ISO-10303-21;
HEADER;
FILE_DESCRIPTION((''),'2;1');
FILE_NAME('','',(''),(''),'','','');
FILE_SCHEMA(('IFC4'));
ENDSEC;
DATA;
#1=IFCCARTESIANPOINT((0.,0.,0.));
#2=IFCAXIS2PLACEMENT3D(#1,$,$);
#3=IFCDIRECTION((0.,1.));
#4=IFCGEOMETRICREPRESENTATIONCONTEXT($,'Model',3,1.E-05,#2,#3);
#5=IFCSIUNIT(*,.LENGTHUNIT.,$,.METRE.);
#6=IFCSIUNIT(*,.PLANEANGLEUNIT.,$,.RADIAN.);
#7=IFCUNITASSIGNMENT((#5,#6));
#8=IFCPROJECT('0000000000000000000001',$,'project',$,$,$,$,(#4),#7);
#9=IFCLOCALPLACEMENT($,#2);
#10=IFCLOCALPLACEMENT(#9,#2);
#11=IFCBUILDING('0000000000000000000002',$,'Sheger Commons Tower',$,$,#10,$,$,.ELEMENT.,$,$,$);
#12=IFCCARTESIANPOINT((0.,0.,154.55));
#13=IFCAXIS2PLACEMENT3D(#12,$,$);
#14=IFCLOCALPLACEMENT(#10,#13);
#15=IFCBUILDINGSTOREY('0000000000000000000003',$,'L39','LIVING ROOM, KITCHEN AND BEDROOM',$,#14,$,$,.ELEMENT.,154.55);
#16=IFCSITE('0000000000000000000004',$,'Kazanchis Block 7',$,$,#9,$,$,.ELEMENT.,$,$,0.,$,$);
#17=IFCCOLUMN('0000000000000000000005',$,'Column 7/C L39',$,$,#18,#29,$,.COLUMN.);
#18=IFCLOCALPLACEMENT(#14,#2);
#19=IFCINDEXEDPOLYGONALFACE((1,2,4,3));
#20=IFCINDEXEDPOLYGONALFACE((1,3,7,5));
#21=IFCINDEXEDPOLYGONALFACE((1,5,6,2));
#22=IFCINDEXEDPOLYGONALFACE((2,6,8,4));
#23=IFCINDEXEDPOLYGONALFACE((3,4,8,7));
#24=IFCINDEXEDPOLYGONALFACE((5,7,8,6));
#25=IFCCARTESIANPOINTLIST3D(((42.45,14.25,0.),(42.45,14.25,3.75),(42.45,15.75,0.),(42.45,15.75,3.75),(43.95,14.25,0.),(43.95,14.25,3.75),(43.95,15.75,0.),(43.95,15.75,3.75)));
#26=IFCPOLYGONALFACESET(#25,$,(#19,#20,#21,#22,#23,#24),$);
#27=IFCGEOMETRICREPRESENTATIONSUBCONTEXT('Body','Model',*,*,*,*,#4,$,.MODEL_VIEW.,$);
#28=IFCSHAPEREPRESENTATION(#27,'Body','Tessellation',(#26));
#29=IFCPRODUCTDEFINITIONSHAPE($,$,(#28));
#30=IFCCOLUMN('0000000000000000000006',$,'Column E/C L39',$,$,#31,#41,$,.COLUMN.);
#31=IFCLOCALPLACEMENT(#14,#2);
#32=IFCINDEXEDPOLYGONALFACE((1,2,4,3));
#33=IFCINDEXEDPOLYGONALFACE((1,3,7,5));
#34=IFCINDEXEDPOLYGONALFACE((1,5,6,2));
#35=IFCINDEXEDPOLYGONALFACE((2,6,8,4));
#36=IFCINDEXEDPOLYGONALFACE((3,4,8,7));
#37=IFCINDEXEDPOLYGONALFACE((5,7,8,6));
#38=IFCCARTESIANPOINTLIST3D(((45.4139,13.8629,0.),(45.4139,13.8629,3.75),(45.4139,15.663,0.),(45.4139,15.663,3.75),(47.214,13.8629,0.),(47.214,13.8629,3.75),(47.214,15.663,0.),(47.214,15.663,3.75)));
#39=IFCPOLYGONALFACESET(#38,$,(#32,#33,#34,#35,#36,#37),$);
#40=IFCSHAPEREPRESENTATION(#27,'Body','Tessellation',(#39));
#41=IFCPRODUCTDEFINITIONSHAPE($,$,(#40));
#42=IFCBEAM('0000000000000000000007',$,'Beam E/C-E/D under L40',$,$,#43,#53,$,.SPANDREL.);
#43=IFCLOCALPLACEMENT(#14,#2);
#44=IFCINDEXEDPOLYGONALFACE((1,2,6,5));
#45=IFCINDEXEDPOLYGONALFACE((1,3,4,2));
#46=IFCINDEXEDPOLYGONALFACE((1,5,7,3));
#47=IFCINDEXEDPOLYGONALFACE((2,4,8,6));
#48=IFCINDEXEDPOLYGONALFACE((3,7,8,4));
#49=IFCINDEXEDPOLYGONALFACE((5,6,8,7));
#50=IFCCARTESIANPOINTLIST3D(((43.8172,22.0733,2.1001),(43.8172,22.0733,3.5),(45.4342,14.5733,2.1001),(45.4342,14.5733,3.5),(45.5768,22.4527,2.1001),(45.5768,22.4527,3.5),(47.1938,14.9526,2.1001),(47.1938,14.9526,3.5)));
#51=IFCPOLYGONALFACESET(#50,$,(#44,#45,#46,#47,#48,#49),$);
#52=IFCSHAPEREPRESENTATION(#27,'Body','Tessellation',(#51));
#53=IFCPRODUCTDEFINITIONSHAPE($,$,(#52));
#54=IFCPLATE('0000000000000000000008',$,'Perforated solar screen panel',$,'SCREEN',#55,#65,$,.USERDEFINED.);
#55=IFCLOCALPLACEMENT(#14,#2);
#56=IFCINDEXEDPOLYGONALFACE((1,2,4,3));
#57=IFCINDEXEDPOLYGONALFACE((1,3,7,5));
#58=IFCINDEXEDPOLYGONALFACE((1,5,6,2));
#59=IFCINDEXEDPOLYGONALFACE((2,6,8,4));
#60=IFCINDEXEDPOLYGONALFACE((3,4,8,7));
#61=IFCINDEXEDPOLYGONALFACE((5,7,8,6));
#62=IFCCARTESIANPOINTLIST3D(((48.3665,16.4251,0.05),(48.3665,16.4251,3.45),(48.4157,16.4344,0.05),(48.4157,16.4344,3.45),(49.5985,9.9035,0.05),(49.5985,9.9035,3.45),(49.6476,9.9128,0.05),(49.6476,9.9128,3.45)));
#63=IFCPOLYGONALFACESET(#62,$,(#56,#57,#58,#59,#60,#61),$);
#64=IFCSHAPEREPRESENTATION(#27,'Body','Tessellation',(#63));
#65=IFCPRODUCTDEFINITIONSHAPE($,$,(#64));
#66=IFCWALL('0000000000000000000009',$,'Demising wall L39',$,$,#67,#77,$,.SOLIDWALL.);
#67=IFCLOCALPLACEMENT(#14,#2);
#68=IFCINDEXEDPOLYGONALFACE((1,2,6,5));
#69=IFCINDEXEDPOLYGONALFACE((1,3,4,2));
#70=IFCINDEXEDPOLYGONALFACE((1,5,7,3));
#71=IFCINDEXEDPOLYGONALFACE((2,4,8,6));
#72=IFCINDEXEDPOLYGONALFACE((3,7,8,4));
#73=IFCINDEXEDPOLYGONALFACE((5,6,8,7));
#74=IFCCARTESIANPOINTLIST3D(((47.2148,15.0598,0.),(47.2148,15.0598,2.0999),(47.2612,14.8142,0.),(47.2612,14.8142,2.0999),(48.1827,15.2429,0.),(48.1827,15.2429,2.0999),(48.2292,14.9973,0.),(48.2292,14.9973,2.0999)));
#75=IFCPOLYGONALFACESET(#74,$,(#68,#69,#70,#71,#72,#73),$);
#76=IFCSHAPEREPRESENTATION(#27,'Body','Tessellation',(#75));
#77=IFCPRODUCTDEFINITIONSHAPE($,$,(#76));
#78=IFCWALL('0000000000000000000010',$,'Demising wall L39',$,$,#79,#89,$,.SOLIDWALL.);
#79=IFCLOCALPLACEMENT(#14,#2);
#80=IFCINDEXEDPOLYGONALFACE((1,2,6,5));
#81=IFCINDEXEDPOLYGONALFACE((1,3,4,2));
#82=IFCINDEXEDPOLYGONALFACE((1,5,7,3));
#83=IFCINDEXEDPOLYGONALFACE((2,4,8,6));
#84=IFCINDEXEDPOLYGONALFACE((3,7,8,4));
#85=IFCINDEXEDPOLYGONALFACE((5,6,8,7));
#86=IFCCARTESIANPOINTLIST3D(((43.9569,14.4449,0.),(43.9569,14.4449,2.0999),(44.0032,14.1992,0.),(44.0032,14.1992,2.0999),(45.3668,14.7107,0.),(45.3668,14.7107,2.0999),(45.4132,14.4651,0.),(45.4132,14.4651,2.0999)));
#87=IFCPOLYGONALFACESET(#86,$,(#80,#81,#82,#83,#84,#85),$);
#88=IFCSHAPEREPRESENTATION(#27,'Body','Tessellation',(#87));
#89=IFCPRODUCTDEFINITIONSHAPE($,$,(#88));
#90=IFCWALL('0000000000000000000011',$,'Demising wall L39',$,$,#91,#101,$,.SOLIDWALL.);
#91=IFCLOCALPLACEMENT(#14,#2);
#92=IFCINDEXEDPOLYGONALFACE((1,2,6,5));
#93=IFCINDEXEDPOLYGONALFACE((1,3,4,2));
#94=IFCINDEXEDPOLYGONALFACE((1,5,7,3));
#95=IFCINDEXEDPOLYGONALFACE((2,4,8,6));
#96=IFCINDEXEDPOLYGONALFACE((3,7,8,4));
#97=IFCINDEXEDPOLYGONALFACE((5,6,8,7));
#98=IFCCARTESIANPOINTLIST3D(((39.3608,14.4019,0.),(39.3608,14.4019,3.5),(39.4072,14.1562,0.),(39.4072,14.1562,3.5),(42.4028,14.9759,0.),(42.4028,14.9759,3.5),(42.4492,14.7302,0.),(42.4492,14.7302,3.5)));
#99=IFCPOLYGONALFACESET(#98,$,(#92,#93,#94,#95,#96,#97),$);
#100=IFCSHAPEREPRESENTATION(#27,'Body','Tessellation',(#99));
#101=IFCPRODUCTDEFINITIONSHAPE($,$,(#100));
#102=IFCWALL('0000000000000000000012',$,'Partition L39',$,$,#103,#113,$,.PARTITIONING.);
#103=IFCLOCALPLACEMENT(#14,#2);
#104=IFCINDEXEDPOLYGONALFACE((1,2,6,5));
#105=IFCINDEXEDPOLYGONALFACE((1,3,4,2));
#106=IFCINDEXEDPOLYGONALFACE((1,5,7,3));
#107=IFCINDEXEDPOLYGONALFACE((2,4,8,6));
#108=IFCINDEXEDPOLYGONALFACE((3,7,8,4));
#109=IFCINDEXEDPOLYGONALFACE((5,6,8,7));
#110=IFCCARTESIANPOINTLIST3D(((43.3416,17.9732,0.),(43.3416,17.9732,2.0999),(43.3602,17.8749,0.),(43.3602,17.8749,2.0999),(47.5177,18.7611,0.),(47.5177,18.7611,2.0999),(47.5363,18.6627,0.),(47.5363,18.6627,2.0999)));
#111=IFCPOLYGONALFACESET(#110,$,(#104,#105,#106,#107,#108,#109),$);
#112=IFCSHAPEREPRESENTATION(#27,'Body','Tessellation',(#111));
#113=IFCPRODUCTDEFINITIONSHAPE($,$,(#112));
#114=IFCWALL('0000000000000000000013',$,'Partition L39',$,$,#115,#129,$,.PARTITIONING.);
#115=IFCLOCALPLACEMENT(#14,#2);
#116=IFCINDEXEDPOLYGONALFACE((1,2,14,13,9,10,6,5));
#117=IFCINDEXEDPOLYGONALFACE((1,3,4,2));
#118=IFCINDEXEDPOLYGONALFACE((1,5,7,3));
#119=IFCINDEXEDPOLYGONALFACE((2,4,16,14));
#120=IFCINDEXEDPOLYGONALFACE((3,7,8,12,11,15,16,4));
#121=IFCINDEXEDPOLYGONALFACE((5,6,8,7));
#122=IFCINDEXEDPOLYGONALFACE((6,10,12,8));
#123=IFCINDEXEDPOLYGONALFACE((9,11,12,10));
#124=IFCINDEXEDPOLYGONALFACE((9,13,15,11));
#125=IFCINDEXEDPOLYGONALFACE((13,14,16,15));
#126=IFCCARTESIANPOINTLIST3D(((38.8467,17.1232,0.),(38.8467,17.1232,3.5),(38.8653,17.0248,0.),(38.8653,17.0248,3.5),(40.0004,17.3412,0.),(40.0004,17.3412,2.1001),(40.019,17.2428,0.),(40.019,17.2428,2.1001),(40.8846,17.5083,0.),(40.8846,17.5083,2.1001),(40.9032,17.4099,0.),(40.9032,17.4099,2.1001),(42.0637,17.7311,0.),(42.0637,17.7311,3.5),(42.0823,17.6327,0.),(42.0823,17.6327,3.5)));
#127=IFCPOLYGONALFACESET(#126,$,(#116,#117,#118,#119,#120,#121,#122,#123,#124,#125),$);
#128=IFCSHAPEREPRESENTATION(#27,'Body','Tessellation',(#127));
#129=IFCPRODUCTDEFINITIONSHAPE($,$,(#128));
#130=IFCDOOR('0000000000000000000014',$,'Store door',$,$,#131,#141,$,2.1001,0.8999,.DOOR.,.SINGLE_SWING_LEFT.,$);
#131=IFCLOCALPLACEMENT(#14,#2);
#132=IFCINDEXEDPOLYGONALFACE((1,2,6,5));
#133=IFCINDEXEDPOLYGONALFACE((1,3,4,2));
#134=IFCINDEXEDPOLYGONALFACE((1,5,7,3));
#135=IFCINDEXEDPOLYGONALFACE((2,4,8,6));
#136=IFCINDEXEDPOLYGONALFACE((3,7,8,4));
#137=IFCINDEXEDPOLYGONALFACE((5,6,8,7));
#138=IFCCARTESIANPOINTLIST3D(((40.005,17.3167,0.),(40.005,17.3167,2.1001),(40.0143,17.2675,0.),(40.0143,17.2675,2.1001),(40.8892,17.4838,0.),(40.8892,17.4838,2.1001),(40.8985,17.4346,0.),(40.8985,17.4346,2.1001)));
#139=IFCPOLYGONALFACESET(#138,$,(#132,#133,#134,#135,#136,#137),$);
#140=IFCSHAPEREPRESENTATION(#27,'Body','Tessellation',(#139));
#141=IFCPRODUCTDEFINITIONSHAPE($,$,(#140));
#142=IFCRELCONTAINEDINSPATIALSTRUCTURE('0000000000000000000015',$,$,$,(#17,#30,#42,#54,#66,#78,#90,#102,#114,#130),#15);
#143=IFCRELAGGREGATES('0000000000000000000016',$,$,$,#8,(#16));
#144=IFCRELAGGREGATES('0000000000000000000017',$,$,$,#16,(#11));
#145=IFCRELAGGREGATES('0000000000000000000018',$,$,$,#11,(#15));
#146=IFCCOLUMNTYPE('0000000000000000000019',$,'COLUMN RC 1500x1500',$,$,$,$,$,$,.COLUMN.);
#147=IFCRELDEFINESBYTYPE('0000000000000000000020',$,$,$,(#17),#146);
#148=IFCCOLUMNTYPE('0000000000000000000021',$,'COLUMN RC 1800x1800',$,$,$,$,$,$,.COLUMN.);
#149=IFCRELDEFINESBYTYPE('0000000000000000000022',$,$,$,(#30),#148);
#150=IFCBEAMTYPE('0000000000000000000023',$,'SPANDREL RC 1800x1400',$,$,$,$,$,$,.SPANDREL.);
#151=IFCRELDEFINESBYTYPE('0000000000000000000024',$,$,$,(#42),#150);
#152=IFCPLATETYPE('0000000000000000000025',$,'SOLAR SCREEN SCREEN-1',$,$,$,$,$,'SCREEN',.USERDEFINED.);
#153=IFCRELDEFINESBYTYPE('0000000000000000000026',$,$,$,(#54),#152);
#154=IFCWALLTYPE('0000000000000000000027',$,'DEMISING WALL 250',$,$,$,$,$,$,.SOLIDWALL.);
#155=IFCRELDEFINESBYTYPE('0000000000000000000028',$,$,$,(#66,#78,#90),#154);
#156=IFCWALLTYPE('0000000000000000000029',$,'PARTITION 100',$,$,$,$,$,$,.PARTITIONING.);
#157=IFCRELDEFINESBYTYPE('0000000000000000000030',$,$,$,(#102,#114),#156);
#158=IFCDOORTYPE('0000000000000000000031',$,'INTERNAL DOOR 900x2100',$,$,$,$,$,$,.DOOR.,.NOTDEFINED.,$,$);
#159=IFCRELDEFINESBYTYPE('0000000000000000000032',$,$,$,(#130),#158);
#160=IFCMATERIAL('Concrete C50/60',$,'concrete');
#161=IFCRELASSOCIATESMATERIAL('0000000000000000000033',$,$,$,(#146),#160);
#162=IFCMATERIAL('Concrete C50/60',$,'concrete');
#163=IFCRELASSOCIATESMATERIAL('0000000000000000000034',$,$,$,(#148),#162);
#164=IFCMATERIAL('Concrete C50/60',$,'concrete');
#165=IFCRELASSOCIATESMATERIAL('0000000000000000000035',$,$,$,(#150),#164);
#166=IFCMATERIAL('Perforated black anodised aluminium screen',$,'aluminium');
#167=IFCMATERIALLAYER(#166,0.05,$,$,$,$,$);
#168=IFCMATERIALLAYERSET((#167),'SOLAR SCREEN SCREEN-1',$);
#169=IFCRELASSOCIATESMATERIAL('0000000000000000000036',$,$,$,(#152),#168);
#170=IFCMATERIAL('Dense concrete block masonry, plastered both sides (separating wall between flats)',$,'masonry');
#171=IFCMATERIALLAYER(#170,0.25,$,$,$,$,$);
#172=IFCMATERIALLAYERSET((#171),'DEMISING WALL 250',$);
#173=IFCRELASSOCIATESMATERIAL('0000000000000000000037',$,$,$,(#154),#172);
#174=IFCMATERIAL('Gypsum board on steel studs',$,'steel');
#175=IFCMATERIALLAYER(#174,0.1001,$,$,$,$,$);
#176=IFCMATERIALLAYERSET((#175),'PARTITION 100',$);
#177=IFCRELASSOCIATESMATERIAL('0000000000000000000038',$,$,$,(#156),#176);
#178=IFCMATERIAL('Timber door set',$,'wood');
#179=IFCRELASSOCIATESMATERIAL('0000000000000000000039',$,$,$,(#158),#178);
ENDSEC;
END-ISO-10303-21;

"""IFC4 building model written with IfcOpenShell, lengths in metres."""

from ifc_helpers import new_model, si_unit, direction, frame, frame_2d, origin, origin_2d, place, context, subcontext, project, spatial, rectangle, extrude, material, layer, layer_set, material_profile, profile_set, type_object, element, fill, save


model = new_model("IFC4")

# Units and contexts
model_context = context("Model", 3, precision=1e-05, world=origin(), true_north=direction((0.0, 1.0)))
body_context = subcontext(model_context, "Body", "Model", "MODEL_VIEW")
ifc_project = project(units=[si_unit("LENGTHUNIT", "METRE"), si_unit("PLANEANGLEUNIT", "RADIAN")], contexts=[model_context])

# Site, building, storey
site_placement = place(None, origin())
site = spatial("IfcSite", under=ifc_project, at=site_placement, Name="Kazanchis Block 7", CompositionType="ELEMENT", RefElevation=0.0)
building_placement = place(site_placement, origin())
building = spatial("IfcBuilding", under=site, at=building_placement, Name="Sheger Commons Tower", CompositionType="ELEMENT")
storey_placement = place(building_placement, frame((0.0, 0.0, 154.55)))
storey = spatial("IfcBuildingStorey", under=building, at=storey_placement, Name="L39", Description="LIVING ROOM, KITCHEN AND BEDROOM", CompositionType="ELEMENT", Elevation=154.55)

# Columns
ifc_material_1 = material(Name="Concrete C50/60", Category="concrete")
ifc_material_profile_1 = material_profile(ifc_material_1, rectangle(XDim=1.5, YDim=1.5, at=origin_2d()), Name="RC 1500x1500")
ifc_profile_set_1 = profile_set([ifc_material_profile_1], Name="Concrete C50/60")
column_type_1 = type_object("IfcColumnType", Name="COLUMN RC 1500x1500", PredefinedType="COLUMN", material=ifc_profile_set_1)
column_1_placement = place(storey_placement, frame((43.2, 15.0, 0.0), z_axis=(0.0, 0.0, 1.0), x_axis=(1.0, 0.0, 0.0)))
element("IfcColumn", 1, at=column_1_placement, inside=storey, type_object=column_type_1, Name="Column 7/C L39", PredefinedType="COLUMN", context=body_context, shape_type="SweptSolid", body=[
    extrude(rectangle(XDim=1.5, YDim=1.5, at=origin_2d()), origin(), (0.0, 0.0, 1.0), 3.75),
])
ifc_material_2 = material(Name="Concrete C50/60", Category="concrete")
ifc_material_profile_2 = material_profile(ifc_material_2, rectangle(XDim=1.8, YDim=1.8, at=origin_2d()), Name="RC 1800x1800")
ifc_profile_set_2 = profile_set([ifc_material_profile_2], Name="Concrete C50/60")
column_type_2 = type_object("IfcColumnType", Name="COLUMN RC 1800x1800", PredefinedType="COLUMN", material=ifc_profile_set_2)
column_2_placement = place(storey_placement, frame((46.314, 14.7629, 0.0), z_axis=(0.0, 0.0, 1.0), x_axis=(1.0, 0.0, 0.0)))
element("IfcColumn", 2, at=column_2_placement, inside=storey, type_object=column_type_2, Name="Column E/C L39", PredefinedType="COLUMN", context=body_context, shape_type="SweptSolid", body=[
    extrude(rectangle(XDim=1.8, YDim=1.8, at=origin_2d()), origin(), (0.0, 0.0, 1.0), 3.75),
])

# Beam
ifc_material_3 = material(Name="Concrete C50/60", Category="concrete")
ifc_material_profile_3 = material_profile(ifc_material_3, rectangle(XDim=1.8, YDim=1.3999, at=origin_2d()), Name="RC 1800x1400")
ifc_profile_set_3 = profile_set([ifc_material_profile_3], Name="Concrete C50/60")
beam_type = type_object("IfcBeamType", Name="SPANDREL RC 1800x1400", PredefinedType="SPANDREL", material=ifc_profile_set_3)
beam_placement = place(storey_placement, frame((46.314, 14.7629, 2.8), z_axis=(-0.21075, 0.97754, 0.0), x_axis=(-0.97754, -0.21075, 0.0)))
element("IfcBeam", 3, at=beam_placement, inside=storey, type_object=beam_type, Name="Beam E/C-E/D under L40", PredefinedType="SPANDREL", context=body_context, shape_type="SweptSolid", body=[
    extrude(rectangle(XDim=1.8, YDim=1.3999, at=origin_2d()), origin(), (0.0, 0.0, 1.0), 7.6724),
])

# Plate
ifc_material_4 = material(Name="Perforated black anodised aluminium screen", Category="aluminium")
ifc_layer_1 = layer(ifc_material_4, 0.05)
ifc_layer_set_1 = layer_set([ifc_layer_1], Name="SOLAR SCREEN SCREEN-1")
plate_type = type_object("IfcPlateType", Name="SOLAR SCREEN SCREEN-1", ElementType="SCREEN", PredefinedType="USERDEFINED", material=ifc_layer_set_1)
plate_placement = place(storey_placement, frame((49.0071, 13.1689, 0.05), z_axis=(0.0, 0.0, 1.0), x_axis=(-0.185615, 0.982623, 0.0)))
element("IfcPlate", 4, at=plate_placement, inside=storey, type_object=plate_type, Name="Perforated solar screen panel", ObjectType="SCREEN", PredefinedType="USERDEFINED", context=body_context, shape_type="SweptSolid", body=[
    extrude(rectangle(XDim=6.637, YDim=0.05, at=origin_2d()), origin(), (0.0, 0.0, 1.0), 3.3999),
])

# Walls
ifc_material_5 = material(Name="Dense concrete block masonry, plastered both sides (separating wall between flats)", Category="masonry")
ifc_layer_2 = layer(ifc_material_5, 0.25)
ifc_layer_set_2 = layer_set([ifc_layer_2], Name="DEMISING WALL 250")
wall_type_1 = type_object("IfcWallType", Name="DEMISING WALL 250", PredefinedType="SOLIDWALL", material=ifc_layer_set_2)
wall_1_placement = place(storey_placement, frame((48.2061, 15.1201, 0.0), z_axis=(0.0, 0.0, 1.0), x_axis=(-0.982576, -0.185859, 0.0)))
element("IfcWall", 5, at=wall_1_placement, inside=storey, type_object=wall_type_1, Name="Demising wall L39", PredefinedType="SOLIDWALL", context=body_context, shape_type="SweptSolid", body=[
    extrude(rectangle(XDim=0.9851, YDim=0.25, at=frame_2d((0.4927, 0.0))), origin(), (0.0, 0.0, 1.0), 2.0999),
])
wall_2_placement = place(storey_placement, frame((45.3899, 14.5879, 0.0), z_axis=(0.0, 0.0, 1.0), x_axis=(-0.982681, -0.185306, 0.0)))
element("IfcWall", 6, at=wall_2_placement, inside=storey, type_object=wall_type_1, Name="Demising wall L39", PredefinedType="SOLIDWALL", context=body_context, shape_type="SweptSolid", body=[
    extrude(rectangle(XDim=1.4348, YDim=0.25, at=frame_2d((0.7173, 0.0))), origin(), (0.0, 0.0, 1.0), 2.0999),
])
wall_3_placement = place(storey_placement, frame((42.426, 14.853, 0.0), z_axis=(0.0, 0.0, 1.0), x_axis=(-0.982661, -0.185412, 0.0)))
element("IfcWall", 7, at=wall_3_placement, inside=storey, type_object=wall_type_1, Name="Demising wall L39", PredefinedType="SOLIDWALL", context=body_context, shape_type="SweptSolid", body=[
    extrude(rectangle(XDim=3.0957, YDim=0.25, at=frame_2d((1.5479, 0.0))), origin(), (0.0, 0.0, 1.0), 3.5),
])
ifc_material_6 = material(Name="Gypsum board on steel studs", Category="steel")
ifc_layer_3 = layer(ifc_material_6, 0.1001)
ifc_layer_set_3 = layer_set([ifc_layer_3], Name="PARTITION 100")
wall_type_2 = type_object("IfcWallType", Name="PARTITION 100", PredefinedType="PARTITIONING", material=ifc_layer_set_3)
wall_4_placement = place(storey_placement, frame((47.5271, 18.7119, 0.0), z_axis=(0.0, 0.0, 1.0), x_axis=(-0.982665, -0.185388, 0.0)))
element("IfcWall", 8, at=wall_4_placement, inside=storey, type_object=wall_type_2, Name="Partition L39", PredefinedType="PARTITIONING", context=body_context, shape_type="SweptSolid", body=[
    extrude(rectangle(XDim=4.2498, YDim=0.1001, at=frame_2d((2.125, 0.0))), origin(), (0.0, 0.0, 1.0), 2.0999),
])

# Wall, opening, door
wall_5_placement = place(storey_placement, frame((42.073, 17.6819, 0.0), z_axis=(0.0, 0.0, 1.0), x_axis=(-0.98261, -0.18568, 0.0)))
wall_5 = element("IfcWall", 9, at=wall_5_placement, inside=storey, type_object=wall_type_2, Name="Partition L39", PredefinedType="PARTITIONING", context=body_context, shape_type="SweptSolid", body=[
    extrude(rectangle(XDim=3.2739, YDim=0.1001, at=frame_2d((1.637, 0.0))), origin(), (0.0, 0.0, 1.0), 3.5),
])
opening_1_placement = place(wall_5_placement, frame((1.2, 0.0, 0.0)))
opening_1 = element("IfcOpeningElement", 10, at=opening_1_placement, cuts=wall_5, PredefinedType="OPENING", context=body_context, shape_type="SweptSolid", body=[
    extrude(rectangle(XDim=0.8999, YDim=2.1001, at=frame_2d((0.45, 1.05))), frame((0.0, 0.0601, 0.0), z_axis=(0.0, -1.0, 0.0), x_axis=(1.0, 0.0, 0.0)), (0.0, 0.0, 1.0), 0.1201),
])
ifc_material_7 = material(Name="Timber door set", Category="wood")
door_type = type_object("IfcDoorType", Name="INTERNAL DOOR 900x2100", OperationType="NOTDEFINED", PredefinedType="DOOR", material=ifc_material_7)
door_1_placement = place(opening_1_placement, origin())
door_1 = element("IfcDoor", 11, at=door_1_placement, inside=storey, type_object=door_type, Name="Store door", OperationType="SINGLE_SWING_LEFT", OverallHeight=2.1001, OverallWidth=0.8999, PredefinedType="DOOR", context=body_context, shape_type="SweptSolid", body=[
    extrude(rectangle(XDim=0.8999, YDim=2.1001, at=frame_2d((0.45, 1.05))), frame((0.0, 0.0249, 0.0), z_axis=(0.0, -1.0, 0.0), x_axis=(1.0, 0.0, 0.0)), (0.0, 0.0, 1.0), 0.05),
])
fill(opening_1, door_1)

save(model, "model.ifc")
